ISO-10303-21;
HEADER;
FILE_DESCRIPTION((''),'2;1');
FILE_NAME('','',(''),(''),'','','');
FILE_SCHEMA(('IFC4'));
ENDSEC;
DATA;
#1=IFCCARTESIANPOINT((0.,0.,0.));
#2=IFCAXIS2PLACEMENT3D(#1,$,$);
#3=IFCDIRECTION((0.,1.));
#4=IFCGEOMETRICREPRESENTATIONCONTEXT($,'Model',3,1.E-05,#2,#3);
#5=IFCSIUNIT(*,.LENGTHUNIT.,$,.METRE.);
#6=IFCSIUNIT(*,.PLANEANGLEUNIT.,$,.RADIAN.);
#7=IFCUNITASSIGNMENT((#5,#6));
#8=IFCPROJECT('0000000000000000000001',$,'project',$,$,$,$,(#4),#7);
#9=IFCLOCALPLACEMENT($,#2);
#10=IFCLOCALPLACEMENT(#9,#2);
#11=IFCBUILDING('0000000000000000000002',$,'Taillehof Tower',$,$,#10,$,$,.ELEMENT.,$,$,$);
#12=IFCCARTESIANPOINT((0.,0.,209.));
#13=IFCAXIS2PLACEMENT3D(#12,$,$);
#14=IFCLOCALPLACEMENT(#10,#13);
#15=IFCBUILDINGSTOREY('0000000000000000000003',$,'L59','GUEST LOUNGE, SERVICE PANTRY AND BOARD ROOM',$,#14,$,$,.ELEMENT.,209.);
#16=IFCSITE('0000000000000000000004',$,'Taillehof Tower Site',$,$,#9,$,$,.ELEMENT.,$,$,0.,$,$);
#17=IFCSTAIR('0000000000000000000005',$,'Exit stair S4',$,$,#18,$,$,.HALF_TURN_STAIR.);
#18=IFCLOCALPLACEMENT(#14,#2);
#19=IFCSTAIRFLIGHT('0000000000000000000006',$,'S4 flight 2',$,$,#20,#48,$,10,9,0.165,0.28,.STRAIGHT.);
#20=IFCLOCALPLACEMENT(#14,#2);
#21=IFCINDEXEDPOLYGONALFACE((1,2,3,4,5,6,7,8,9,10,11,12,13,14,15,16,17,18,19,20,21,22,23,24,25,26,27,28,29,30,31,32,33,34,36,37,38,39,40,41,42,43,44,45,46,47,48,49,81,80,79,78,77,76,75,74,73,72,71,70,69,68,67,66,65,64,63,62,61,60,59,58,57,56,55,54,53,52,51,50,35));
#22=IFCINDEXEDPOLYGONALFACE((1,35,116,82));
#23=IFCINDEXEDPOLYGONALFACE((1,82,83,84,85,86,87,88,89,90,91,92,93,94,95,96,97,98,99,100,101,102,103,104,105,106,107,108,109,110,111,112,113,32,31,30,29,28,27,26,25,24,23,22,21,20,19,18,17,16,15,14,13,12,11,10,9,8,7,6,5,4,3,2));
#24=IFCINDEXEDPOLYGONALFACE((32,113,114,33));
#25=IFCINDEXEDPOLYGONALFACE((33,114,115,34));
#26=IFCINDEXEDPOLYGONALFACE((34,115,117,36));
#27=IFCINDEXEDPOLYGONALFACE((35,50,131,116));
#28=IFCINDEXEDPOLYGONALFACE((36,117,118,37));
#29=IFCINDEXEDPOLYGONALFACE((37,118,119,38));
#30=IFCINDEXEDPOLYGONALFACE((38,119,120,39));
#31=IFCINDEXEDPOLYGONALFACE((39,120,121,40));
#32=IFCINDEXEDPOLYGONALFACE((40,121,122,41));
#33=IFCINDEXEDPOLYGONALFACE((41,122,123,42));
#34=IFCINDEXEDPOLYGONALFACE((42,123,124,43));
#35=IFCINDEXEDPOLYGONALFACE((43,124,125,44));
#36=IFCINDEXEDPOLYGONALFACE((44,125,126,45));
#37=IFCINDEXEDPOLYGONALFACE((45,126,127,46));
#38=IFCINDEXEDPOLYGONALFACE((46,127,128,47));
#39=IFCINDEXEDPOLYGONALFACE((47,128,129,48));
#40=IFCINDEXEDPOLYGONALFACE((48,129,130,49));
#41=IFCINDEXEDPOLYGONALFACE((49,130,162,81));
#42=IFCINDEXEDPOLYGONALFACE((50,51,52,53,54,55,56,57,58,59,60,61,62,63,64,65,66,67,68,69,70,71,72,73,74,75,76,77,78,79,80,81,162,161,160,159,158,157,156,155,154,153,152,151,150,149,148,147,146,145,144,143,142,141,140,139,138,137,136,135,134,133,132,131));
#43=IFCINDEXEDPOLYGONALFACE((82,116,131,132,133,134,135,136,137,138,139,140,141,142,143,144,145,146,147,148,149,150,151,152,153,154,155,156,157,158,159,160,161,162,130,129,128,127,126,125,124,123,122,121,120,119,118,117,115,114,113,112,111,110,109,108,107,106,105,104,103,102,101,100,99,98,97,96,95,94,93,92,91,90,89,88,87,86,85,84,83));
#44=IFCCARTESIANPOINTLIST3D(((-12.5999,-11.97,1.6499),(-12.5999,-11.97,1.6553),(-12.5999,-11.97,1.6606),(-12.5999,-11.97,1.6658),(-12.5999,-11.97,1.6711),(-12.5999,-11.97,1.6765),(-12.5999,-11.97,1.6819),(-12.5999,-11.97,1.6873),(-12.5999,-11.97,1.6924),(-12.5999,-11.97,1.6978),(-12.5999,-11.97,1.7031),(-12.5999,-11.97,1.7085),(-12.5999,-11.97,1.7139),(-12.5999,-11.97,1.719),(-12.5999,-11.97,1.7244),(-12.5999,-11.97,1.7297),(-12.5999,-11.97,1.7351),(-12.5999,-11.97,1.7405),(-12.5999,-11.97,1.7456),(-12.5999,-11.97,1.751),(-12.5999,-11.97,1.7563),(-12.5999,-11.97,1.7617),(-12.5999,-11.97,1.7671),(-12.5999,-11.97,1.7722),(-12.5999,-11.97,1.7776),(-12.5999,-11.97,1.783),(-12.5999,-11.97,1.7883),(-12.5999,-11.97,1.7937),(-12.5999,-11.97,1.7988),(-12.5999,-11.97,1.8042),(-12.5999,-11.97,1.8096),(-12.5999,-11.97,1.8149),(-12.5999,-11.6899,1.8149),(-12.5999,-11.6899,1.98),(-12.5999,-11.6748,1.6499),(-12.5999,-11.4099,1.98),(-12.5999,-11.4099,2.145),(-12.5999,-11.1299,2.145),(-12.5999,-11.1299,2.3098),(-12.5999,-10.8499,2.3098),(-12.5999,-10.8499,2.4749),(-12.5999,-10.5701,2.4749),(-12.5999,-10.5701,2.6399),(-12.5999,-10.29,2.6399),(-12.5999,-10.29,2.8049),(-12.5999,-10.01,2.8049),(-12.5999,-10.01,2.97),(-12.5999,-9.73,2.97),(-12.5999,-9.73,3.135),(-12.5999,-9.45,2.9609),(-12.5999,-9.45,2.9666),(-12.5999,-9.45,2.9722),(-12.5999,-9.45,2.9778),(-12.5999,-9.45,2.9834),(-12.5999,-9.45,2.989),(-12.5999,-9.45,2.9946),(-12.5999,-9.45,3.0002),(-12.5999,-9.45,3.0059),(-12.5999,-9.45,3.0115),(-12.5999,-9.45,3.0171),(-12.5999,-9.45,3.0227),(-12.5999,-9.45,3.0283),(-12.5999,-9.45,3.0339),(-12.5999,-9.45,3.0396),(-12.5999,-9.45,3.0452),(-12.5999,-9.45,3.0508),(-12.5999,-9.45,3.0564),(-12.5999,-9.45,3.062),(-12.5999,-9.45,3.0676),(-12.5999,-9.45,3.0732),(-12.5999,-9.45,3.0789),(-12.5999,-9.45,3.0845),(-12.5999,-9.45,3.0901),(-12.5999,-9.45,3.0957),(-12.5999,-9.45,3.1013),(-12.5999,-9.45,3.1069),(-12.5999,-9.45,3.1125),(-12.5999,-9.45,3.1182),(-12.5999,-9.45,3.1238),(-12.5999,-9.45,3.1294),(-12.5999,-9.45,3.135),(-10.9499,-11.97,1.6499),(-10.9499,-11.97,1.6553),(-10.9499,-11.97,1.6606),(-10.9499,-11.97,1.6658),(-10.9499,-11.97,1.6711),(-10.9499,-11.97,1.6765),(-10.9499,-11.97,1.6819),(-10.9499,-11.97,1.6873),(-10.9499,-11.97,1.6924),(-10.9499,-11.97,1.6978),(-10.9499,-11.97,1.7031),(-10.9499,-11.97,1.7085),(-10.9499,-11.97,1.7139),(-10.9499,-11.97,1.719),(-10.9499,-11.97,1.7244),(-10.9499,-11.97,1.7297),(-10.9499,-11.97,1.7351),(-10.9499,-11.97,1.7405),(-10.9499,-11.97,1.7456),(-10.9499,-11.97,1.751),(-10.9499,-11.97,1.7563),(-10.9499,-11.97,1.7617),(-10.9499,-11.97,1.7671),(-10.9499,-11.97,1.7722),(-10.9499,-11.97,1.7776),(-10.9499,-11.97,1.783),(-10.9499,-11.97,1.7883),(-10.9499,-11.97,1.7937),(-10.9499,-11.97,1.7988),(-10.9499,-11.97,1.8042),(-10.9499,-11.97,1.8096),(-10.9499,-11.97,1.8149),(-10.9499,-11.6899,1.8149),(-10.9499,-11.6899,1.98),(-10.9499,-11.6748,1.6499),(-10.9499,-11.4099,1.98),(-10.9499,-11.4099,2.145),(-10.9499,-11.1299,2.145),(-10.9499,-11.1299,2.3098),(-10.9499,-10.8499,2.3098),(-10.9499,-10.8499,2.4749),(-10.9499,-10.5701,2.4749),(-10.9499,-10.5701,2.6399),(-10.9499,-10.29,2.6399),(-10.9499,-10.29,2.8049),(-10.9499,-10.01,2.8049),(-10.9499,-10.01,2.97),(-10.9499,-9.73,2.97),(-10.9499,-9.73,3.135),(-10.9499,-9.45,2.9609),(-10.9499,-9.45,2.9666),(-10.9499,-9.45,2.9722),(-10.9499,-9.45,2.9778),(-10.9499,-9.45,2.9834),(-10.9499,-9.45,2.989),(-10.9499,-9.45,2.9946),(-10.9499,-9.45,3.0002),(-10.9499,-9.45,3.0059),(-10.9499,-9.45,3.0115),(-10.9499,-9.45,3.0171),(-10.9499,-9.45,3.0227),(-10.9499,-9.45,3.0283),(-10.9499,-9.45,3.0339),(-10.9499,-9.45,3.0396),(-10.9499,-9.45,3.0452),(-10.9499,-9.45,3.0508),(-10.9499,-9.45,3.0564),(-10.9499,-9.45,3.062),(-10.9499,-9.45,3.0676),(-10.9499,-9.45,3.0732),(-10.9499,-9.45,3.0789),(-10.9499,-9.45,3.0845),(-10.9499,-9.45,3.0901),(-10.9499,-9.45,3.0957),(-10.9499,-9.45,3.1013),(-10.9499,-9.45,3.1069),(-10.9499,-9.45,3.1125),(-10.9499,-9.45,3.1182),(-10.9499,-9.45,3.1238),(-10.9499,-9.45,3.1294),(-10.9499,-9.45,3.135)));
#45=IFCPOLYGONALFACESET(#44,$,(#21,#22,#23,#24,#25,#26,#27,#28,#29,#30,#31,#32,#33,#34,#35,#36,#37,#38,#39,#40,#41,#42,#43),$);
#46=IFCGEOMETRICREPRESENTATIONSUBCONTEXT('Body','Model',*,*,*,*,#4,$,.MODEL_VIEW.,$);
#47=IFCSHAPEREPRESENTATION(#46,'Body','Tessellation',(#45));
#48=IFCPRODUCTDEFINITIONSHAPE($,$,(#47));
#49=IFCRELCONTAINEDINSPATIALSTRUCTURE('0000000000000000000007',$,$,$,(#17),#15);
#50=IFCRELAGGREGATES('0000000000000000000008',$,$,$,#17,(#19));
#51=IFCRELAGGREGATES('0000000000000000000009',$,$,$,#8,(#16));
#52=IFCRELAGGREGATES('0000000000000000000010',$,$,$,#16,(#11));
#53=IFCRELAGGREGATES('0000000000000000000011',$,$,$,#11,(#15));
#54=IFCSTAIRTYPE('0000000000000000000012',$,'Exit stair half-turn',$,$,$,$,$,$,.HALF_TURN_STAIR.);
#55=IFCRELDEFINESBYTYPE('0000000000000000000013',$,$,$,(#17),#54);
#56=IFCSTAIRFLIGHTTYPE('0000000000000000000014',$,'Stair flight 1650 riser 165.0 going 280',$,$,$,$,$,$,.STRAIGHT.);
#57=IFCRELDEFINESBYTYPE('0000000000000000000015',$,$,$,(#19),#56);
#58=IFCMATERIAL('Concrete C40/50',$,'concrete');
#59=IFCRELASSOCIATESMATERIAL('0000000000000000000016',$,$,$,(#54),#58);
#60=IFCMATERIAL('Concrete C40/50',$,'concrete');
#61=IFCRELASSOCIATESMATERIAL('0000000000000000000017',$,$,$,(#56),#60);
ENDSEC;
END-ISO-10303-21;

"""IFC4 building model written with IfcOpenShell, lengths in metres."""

from ifc_helpers import new_model, si_unit, direction, frame, origin, place, context, subcontext, project, spatial, polyline, outline, extrude, material, type_object, element, aggregate, save


model = new_model("IFC4")

# Units and contexts
model_context = context("Model", 3, precision=1e-05, world=origin(), true_north=direction((0.0, 1.0)))
body_context = subcontext(model_context, "Body", "Model", "MODEL_VIEW")
ifc_project = project(units=[si_unit("LENGTHUNIT", "METRE"), si_unit("PLANEANGLEUNIT", "RADIAN")], contexts=[model_context])

# Site, building, storey
site_placement = place(None, origin())
site = spatial("IfcSite", under=ifc_project, at=site_placement, Name="Taillehof Tower Site", CompositionType="ELEMENT", RefElevation=0.0)
building_placement = place(site_placement, origin())
building = spatial("IfcBuilding", under=site, at=building_placement, Name="Taillehof Tower", CompositionType="ELEMENT")
storey_placement = place(building_placement, frame((0.0, 0.0, 209.0)))
storey = spatial("IfcBuildingStorey", under=building, at=storey_placement, Name="L59", Description="GUEST LOUNGE, SERVICE PANTRY AND BOARD ROOM", CompositionType="ELEMENT", Elevation=209.0)

# Stair, stair flight
ifc_material_1 = material(Name="Concrete C40/50", Category="concrete")
stair_type = type_object("IfcStairType", Name="Exit stair half-turn", PredefinedType="HALF_TURN_STAIR", material=ifc_material_1)
stair_placement = place(storey_placement, origin())
stair = element("IfcStair", 1, at=stair_placement, inside=storey, type_object=stair_type, Name="Exit stair S4", PredefinedType="HALF_TURN_STAIR")
ifc_material_2 = material(Name="Concrete C40/50", Category="concrete")
stair_flight_type = type_object("IfcStairFlightType", Name="Stair flight 1650 riser 165.0 going 280", PredefinedType="STRAIGHT", material=ifc_material_2)
stair_flight_placement = place(storey_placement, frame((-11.7749, -11.97, 1.6499), z_axis=(0.0, 0.0, 1.0), x_axis=(0.0, 1.0, 0.0)))
stair_flight = element("IfcStairFlight", 2, at=stair_flight_placement, type_object=stair_flight_type, Name="S4 flight 2", NumberOfRisers=10, NumberOfTreads=9, PredefinedType="STRAIGHT", RiserHeight=0.165, TreadLength=0.28, context=body_context, shape_type="SweptSolid", body=[
    extrude(outline(polyline([(0.0, 0.0), (0.0, 0.0054), (0.0, 0.0107), (0.0, 0.0159), (0.0, 0.0212), (0.0, 0.0266), (0.0, 0.032), (0.0, 0.0374), (0.0, 0.0425), (0.0, 0.0479), (0.0, 0.0532), (0.0, 0.0586), (0.0, 0.064), (0.0, 0.0691), (0.0, 0.0745), (0.0, 0.0798), (0.0, 0.0852), (0.0, 0.0906), (0.0, 0.0957), (0.0, 0.1011), (0.0, 0.1064), (0.0, 0.1118), (0.0, 0.1172), (0.0, 0.1223), (0.0, 0.1277), (0.0, 0.1331), (0.0, 0.1384), (0.0, 0.1438), (0.0, 0.1489), (0.0, 0.1543), (0.0, 0.1597), (0.0, 0.165), (0.28, 0.165), (0.28, 0.3301), (0.5601, 0.3301), (0.5601, 0.4951), (0.8401, 0.4951), (0.8401, 0.6599), (1.1201, 0.6599), (1.1201, 0.825), (1.3999, 0.825), (1.3999, 0.99), (1.6799, 0.99), (1.6799, 1.155), (1.96, 1.155), (1.96, 1.3201), (2.24, 1.3201), (2.24, 1.4851), (2.52, 1.4851), (2.52, 1.4795), (2.52, 1.4739), (2.52, 1.4683), (2.52, 1.4626), (2.52, 1.457), (2.52, 1.4514), (2.52, 1.4458), (2.52, 1.4402), (2.52, 1.4346), (2.52, 1.429), (2.52, 1.4233), (2.52, 1.4177), (2.52, 1.4121), (2.52, 1.4065), (2.52, 1.4009), (2.52, 1.3953), (2.52, 1.3896), (2.52, 1.384), (2.52, 1.3784), (2.52, 1.3728), (2.52, 1.3672), (2.52, 1.3616), (2.52, 1.356), (2.52, 1.3503), (2.52, 1.3447), (2.52, 1.3391), (2.52, 1.3335), (2.52, 1.3279), (2.52, 1.3223), (2.52, 1.3167), (2.52, 1.311), (0.2952, 0.0), (0.0, 0.0)])), frame((0.0, 0.825, 0.0), z_axis=(0.0, -1.0, 0.0), x_axis=(1.0, 0.0, 0.0)), (0.0, 0.0, 1.0), 1.65),
])
aggregate(stair, [stair_flight])

save(model, "model.ifc")
